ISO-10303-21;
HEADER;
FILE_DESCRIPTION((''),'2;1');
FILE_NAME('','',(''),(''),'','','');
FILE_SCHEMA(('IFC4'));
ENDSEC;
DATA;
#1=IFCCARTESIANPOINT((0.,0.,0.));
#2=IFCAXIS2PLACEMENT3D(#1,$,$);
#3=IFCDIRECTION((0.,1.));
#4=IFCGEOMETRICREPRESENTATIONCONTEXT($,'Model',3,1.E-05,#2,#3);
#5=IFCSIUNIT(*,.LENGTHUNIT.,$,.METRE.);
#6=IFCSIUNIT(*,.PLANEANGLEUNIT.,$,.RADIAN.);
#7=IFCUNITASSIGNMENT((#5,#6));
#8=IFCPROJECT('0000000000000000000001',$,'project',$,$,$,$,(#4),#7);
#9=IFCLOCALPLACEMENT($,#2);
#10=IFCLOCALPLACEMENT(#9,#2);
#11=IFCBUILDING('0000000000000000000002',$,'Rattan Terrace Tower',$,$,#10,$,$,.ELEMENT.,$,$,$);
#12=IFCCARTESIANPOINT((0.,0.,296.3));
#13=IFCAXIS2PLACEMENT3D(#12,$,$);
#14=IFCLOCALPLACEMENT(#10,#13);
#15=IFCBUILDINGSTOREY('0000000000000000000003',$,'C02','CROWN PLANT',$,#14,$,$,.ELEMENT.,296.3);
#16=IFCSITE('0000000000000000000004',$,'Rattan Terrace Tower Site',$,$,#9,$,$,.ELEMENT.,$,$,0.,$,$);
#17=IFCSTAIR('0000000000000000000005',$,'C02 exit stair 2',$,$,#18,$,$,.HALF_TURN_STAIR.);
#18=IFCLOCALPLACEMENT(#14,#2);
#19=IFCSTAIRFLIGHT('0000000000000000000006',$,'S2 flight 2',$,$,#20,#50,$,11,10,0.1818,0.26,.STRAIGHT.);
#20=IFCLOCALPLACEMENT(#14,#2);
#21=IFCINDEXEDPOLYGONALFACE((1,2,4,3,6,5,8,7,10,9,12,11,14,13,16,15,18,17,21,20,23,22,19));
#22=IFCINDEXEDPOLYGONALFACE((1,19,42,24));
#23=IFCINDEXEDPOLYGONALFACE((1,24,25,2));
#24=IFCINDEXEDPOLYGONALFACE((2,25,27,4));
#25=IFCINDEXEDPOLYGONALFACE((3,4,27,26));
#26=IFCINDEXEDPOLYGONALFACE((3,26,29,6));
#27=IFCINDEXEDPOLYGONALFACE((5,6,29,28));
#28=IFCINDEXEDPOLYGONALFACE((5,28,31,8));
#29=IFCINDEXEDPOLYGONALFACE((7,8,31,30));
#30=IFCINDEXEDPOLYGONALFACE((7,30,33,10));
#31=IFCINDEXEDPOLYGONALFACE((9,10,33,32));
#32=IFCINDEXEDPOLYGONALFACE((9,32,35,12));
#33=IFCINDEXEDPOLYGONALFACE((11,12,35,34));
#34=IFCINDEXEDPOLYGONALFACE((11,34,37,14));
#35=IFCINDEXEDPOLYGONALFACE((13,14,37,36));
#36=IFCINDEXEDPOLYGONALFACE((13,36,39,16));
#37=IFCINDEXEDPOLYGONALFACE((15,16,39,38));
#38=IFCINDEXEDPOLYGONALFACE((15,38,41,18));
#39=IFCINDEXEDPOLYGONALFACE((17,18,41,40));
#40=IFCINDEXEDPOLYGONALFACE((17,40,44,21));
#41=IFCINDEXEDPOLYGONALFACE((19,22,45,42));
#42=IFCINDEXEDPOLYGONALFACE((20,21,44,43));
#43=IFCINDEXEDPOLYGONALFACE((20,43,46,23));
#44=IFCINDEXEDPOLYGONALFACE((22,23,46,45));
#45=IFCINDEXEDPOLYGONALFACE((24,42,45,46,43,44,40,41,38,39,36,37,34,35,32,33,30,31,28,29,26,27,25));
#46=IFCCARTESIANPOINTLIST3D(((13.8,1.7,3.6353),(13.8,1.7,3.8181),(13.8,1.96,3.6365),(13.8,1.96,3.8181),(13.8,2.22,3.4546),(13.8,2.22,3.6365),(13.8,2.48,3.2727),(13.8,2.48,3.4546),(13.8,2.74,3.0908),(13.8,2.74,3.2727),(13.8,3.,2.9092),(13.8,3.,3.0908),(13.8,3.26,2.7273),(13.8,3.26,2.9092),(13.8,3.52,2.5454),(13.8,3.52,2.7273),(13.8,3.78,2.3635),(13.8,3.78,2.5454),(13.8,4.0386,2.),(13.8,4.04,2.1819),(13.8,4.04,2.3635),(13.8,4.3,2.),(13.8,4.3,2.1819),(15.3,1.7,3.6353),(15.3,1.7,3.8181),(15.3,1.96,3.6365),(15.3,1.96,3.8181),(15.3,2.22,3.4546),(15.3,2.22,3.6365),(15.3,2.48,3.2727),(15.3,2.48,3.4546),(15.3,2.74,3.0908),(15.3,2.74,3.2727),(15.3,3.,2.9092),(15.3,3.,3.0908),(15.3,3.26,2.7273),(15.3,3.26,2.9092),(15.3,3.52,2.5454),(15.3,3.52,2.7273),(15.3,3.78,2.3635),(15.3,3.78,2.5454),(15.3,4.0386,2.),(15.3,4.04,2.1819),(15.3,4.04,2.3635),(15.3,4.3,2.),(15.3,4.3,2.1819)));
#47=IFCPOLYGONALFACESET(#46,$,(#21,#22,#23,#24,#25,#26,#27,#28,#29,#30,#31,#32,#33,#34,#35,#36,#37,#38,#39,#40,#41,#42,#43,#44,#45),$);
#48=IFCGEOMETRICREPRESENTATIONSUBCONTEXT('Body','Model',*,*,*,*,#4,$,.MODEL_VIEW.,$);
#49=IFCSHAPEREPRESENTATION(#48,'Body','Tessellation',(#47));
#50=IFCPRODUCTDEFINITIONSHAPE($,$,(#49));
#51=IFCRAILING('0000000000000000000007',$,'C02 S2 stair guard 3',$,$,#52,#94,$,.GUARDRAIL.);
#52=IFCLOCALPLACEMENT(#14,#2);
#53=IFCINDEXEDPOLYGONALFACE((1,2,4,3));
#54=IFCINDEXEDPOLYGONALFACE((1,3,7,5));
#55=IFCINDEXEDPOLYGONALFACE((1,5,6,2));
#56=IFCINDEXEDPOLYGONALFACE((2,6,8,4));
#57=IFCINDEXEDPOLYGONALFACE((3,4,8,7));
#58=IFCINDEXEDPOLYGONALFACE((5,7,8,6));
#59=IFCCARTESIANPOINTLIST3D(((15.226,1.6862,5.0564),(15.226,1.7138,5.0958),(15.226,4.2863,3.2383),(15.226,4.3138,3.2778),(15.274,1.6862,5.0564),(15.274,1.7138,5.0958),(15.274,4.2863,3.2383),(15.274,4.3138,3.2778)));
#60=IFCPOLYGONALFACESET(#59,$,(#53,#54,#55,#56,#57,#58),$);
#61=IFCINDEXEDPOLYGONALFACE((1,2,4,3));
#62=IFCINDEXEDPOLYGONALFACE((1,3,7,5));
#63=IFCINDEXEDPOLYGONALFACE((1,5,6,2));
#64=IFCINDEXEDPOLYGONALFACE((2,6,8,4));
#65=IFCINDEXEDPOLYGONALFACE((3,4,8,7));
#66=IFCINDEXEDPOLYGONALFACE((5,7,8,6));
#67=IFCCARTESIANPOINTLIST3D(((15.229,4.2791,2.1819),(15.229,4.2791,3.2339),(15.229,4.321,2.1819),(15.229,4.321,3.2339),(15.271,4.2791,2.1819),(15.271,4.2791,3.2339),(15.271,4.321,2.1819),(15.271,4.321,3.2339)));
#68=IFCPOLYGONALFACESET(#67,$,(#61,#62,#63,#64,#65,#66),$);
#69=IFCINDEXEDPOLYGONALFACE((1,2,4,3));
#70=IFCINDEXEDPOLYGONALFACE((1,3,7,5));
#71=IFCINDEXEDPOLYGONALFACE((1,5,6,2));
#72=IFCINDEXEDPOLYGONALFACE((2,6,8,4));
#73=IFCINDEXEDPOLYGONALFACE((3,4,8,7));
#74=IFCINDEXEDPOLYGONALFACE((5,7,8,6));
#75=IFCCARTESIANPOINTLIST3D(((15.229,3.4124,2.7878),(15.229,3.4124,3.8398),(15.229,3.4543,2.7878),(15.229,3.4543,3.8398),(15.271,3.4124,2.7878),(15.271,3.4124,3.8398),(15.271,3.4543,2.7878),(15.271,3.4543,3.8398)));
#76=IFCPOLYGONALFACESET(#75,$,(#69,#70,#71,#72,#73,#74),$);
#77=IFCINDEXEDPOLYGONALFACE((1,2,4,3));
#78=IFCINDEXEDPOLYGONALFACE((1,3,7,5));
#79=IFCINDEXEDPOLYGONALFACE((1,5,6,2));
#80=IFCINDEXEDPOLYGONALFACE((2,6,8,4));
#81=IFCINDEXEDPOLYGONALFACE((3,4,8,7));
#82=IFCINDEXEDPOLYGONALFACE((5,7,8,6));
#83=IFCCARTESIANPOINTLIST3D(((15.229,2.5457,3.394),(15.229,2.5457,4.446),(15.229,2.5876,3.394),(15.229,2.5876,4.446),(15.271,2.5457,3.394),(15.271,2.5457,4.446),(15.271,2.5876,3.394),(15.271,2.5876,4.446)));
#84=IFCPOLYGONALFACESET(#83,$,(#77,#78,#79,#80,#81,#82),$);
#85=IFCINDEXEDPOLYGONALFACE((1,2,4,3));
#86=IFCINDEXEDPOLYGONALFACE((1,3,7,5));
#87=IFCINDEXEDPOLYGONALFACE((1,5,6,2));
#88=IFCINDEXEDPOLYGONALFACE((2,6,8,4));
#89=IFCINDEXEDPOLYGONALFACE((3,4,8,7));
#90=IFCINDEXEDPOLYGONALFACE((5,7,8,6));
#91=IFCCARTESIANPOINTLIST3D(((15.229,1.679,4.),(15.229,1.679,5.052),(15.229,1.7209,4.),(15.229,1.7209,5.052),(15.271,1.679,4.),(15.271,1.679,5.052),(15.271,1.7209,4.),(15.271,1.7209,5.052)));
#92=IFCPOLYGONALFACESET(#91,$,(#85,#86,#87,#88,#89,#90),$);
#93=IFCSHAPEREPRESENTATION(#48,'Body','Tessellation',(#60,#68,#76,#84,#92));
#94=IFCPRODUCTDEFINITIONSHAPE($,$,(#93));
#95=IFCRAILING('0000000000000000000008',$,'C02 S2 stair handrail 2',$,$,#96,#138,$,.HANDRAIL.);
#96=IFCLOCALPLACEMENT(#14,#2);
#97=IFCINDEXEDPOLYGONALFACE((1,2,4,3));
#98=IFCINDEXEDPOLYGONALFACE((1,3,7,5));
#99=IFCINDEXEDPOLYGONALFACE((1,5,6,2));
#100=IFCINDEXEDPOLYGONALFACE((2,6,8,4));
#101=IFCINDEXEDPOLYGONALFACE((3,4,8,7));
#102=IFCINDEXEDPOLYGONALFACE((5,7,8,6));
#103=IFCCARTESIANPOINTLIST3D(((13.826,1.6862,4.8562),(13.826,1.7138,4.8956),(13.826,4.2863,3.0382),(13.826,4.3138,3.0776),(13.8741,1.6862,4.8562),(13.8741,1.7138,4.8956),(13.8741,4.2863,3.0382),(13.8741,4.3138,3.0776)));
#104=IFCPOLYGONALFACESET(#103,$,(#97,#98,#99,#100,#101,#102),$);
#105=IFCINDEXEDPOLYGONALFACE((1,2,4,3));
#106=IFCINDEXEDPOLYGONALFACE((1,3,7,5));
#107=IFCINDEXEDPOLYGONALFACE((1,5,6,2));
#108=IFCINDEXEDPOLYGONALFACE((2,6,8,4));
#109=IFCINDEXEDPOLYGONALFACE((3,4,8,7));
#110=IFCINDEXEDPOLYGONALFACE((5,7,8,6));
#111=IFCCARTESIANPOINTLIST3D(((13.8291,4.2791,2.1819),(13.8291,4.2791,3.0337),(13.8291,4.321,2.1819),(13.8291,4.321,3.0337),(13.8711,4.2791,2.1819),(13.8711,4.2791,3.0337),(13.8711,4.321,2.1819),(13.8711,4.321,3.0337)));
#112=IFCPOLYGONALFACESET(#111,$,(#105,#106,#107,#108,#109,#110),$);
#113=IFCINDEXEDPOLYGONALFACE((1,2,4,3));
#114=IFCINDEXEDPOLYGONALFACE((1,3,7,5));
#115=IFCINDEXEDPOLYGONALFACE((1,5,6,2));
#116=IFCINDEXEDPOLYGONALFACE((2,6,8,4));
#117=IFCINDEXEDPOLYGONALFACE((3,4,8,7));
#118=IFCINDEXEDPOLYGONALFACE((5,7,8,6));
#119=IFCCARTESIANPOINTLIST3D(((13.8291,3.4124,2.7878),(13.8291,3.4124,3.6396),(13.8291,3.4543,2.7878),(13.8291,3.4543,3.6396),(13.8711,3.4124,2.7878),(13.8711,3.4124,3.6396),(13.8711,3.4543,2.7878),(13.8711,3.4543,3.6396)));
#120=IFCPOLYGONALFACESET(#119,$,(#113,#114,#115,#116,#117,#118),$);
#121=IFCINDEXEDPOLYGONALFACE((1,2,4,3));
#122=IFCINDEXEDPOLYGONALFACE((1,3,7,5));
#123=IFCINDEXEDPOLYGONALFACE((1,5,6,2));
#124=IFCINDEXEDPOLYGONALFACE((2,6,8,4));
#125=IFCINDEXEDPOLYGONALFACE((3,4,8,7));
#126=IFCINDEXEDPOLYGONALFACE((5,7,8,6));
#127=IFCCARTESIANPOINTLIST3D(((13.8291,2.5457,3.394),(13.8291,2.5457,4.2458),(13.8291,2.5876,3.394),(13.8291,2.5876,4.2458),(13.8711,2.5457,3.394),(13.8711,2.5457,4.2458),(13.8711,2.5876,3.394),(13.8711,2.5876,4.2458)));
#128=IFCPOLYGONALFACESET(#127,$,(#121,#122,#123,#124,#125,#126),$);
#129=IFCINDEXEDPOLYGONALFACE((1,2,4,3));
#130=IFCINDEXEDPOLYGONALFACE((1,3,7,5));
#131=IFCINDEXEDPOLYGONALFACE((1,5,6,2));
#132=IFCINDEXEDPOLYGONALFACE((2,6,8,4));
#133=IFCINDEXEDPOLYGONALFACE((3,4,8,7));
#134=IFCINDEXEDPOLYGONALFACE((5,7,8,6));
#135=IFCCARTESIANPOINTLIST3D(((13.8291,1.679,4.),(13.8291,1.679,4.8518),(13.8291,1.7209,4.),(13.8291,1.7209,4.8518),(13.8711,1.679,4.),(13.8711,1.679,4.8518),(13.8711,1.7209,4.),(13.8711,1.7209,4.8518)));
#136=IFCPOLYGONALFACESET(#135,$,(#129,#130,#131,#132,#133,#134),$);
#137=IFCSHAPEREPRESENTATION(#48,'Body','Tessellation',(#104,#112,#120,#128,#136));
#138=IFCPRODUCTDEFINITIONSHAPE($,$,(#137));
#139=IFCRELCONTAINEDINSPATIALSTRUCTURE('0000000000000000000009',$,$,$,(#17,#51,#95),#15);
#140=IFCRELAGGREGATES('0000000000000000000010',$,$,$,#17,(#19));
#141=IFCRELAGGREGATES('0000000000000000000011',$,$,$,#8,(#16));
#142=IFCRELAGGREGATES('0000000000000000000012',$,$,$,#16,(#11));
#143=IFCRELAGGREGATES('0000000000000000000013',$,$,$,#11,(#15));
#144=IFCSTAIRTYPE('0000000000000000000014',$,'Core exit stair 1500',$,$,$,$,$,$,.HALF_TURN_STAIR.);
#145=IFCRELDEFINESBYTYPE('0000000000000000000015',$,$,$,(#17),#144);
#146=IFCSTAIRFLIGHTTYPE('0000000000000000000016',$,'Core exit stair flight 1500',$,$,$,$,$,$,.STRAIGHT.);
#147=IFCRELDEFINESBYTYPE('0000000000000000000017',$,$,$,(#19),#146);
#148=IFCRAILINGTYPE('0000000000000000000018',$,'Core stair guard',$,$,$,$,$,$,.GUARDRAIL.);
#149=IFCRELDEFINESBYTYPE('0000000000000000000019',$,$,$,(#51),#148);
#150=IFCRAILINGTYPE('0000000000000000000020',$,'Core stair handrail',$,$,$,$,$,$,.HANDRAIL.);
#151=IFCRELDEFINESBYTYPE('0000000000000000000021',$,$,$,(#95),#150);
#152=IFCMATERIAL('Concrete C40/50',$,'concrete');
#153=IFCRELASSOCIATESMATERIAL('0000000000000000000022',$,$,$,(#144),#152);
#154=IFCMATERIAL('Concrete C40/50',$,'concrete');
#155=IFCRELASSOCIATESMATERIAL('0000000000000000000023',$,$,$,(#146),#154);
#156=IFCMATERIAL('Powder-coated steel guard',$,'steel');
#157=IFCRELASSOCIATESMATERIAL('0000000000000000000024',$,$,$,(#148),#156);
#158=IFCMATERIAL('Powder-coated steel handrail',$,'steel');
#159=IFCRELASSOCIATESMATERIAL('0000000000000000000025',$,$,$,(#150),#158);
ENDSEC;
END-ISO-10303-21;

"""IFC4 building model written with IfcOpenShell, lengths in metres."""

from ifc_helpers import new_model, si_unit, direction, frame, origin, origin_2d, place, context, subcontext, project, spatial, polyline, rectangle, outline, extrude, material, type_object, element, aggregate, save


model = new_model("IFC4")

# Units and contexts
model_context = context("Model", 3, precision=1e-05, world=origin(), true_north=direction((0.0, 1.0)))
body_context = subcontext(model_context, "Body", "Model", "MODEL_VIEW")
ifc_project = project(units=[si_unit("LENGTHUNIT", "METRE"), si_unit("PLANEANGLEUNIT", "RADIAN")], contexts=[model_context])

# Site, building, storey
site_placement = place(None, origin())
site = spatial("IfcSite", under=ifc_project, at=site_placement, Name="Rattan Terrace Tower Site", CompositionType="ELEMENT", RefElevation=0.0)
building_placement = place(site_placement, origin())
building = spatial("IfcBuilding", under=site, at=building_placement, Name="Rattan Terrace Tower", CompositionType="ELEMENT")
storey_placement = place(building_placement, frame((0.0, 0.0, 296.3)))
storey = spatial("IfcBuildingStorey", under=building, at=storey_placement, Name="C02", Description="CROWN PLANT", CompositionType="ELEMENT", Elevation=296.3)

# Stair
ifc_material_1 = material(Name="Concrete C40/50", Category="concrete")
stair_type = type_object("IfcStairType", Name="Core exit stair 1500", PredefinedType="HALF_TURN_STAIR", material=ifc_material_1)
stair_1_placement = place(storey_placement, origin())
stair_1 = element("IfcStair", 1, at=stair_1_placement, inside=storey, type_object=stair_type, Name="C02 exit stair 2", PredefinedType="HALF_TURN_STAIR")

# Stair flight
ifc_material_2 = material(Name="Concrete C40/50", Category="concrete")
stair_flight_type = type_object("IfcStairFlightType", Name="Core exit stair flight 1500", PredefinedType="STRAIGHT", material=ifc_material_2)
stair_flight_placement = place(storey_placement, frame((14.55, 4.3, 2.0), z_axis=(0.0, 0.0, 1.0), x_axis=(0.0, -1.0, 0.0)))
stair_flight = element("IfcStairFlight", 2, at=stair_flight_placement, type_object=stair_flight_type, Name="S2 flight 2", NumberOfRisers=11, NumberOfTreads=10, PredefinedType="STRAIGHT", RiserHeight=0.1818, TreadLength=0.26, context=body_context, shape_type="SweptSolid", body=[
    extrude(outline(polyline([(0.0, 0.0), (0.0, 0.1819), (0.26, 0.1819), (0.26, 0.3635), (0.52, 0.3635), (0.52, 0.5454), (0.78, 0.5454), (0.78, 0.7273), (1.04, 0.7273), (1.04, 0.9092), (1.3, 0.9092), (1.3, 1.0908), (1.5601, 1.0908), (1.5601, 1.2727), (1.8201, 1.2727), (1.8201, 1.4546), (2.0801, 1.4546), (2.0801, 1.6365), (2.3401, 1.6365), (2.3401, 1.8181), (2.6001, 1.8181), (2.6001, 2.0), (2.6001, 1.6353), (0.2615, 0.0), (0.0, 0.0)])), frame((0.0, 0.75, 0.0), z_axis=(0.0, -1.0, 0.0), x_axis=(1.0, 0.0, 0.0)), (0.0, 0.0, 1.0), 1.5),
])
aggregate(stair_1, [stair_flight])

# Railings
ifc_material_3 = material(Name="Powder-coated steel guard", Category="steel")
railing_type_1 = type_object("IfcRailingType", Name="Core stair guard", PredefinedType="GUARDRAIL", material=ifc_material_3)
railing_1_placement = place(storey_placement, frame((15.25, 4.3, 2.1819)))
element("IfcRailing", 3, at=railing_1_placement, inside=storey, type_object=railing_type_1, Name="C02 S2 stair guard 3", PredefinedType="GUARDRAIL", context=body_context, shape_type="SweptSolid", body=[
    extrude(rectangle(XDim=0.0481, YDim=0.0481, at=origin_2d()), frame((0.0, 0.0, 1.0762), z_axis=(0.0, -0.819521, 0.573049), x_axis=(1.0, 0.0, 0.0)), (0.0, 0.0, 1.0), 3.1726),
    extrude(rectangle(XDim=0.042, YDim=0.042, at=origin_2d()), origin(), (0.0, 0.0, 1.0), 1.052),
    extrude(rectangle(XDim=0.042, YDim=0.042, at=origin_2d()), frame((0.0, -0.8667, 0.606)), (0.0, 0.0, 1.0), 1.052),
    extrude(rectangle(XDim=0.042, YDim=0.042, at=origin_2d()), frame((0.0, -1.7334, 1.2122)), (0.0, 0.0, 1.0), 1.052),
    extrude(rectangle(XDim=0.042, YDim=0.042, at=origin_2d()), frame((0.0, -2.6001, 1.8181)), (0.0, 0.0, 1.0), 1.052),
])
ifc_material_4 = material(Name="Powder-coated steel handrail", Category="steel")
railing_type_2 = type_object("IfcRailingType", Name="Core stair handrail", PredefinedType="HANDRAIL", material=ifc_material_4)
railing_2_placement = place(storey_placement, frame((13.8501, 4.3, 2.1819)))
element("IfcRailing", 4, at=railing_2_placement, inside=storey, type_object=railing_type_2, Name="C02 S2 stair handrail 2", PredefinedType="HANDRAIL", context=body_context, shape_type="SweptSolid", body=[
    extrude(rectangle(XDim=0.0481, YDim=0.0481, at=origin_2d()), frame((0.0, 0.0, 0.876), z_axis=(0.0, -0.819521, 0.573049), x_axis=(1.0, 0.0, 0.0)), (0.0, 0.0, 1.0), 3.1726),
    extrude(rectangle(XDim=0.042, YDim=0.042, at=origin_2d()), origin(), (0.0, 0.0, 1.0), 0.8518),
    extrude(rectangle(XDim=0.042, YDim=0.042, at=origin_2d()), frame((0.0, -0.8667, 0.606)), (0.0, 0.0, 1.0), 0.8518),
    extrude(rectangle(XDim=0.042, YDim=0.042, at=origin_2d()), frame((0.0, -1.7334, 1.2122)), (0.0, 0.0, 1.0), 0.8518),
    extrude(rectangle(XDim=0.042, YDim=0.042, at=origin_2d()), frame((0.0, -2.6001, 1.8181)), (0.0, 0.0, 1.0), 0.8518),
])

save(model, "model.ifc")
